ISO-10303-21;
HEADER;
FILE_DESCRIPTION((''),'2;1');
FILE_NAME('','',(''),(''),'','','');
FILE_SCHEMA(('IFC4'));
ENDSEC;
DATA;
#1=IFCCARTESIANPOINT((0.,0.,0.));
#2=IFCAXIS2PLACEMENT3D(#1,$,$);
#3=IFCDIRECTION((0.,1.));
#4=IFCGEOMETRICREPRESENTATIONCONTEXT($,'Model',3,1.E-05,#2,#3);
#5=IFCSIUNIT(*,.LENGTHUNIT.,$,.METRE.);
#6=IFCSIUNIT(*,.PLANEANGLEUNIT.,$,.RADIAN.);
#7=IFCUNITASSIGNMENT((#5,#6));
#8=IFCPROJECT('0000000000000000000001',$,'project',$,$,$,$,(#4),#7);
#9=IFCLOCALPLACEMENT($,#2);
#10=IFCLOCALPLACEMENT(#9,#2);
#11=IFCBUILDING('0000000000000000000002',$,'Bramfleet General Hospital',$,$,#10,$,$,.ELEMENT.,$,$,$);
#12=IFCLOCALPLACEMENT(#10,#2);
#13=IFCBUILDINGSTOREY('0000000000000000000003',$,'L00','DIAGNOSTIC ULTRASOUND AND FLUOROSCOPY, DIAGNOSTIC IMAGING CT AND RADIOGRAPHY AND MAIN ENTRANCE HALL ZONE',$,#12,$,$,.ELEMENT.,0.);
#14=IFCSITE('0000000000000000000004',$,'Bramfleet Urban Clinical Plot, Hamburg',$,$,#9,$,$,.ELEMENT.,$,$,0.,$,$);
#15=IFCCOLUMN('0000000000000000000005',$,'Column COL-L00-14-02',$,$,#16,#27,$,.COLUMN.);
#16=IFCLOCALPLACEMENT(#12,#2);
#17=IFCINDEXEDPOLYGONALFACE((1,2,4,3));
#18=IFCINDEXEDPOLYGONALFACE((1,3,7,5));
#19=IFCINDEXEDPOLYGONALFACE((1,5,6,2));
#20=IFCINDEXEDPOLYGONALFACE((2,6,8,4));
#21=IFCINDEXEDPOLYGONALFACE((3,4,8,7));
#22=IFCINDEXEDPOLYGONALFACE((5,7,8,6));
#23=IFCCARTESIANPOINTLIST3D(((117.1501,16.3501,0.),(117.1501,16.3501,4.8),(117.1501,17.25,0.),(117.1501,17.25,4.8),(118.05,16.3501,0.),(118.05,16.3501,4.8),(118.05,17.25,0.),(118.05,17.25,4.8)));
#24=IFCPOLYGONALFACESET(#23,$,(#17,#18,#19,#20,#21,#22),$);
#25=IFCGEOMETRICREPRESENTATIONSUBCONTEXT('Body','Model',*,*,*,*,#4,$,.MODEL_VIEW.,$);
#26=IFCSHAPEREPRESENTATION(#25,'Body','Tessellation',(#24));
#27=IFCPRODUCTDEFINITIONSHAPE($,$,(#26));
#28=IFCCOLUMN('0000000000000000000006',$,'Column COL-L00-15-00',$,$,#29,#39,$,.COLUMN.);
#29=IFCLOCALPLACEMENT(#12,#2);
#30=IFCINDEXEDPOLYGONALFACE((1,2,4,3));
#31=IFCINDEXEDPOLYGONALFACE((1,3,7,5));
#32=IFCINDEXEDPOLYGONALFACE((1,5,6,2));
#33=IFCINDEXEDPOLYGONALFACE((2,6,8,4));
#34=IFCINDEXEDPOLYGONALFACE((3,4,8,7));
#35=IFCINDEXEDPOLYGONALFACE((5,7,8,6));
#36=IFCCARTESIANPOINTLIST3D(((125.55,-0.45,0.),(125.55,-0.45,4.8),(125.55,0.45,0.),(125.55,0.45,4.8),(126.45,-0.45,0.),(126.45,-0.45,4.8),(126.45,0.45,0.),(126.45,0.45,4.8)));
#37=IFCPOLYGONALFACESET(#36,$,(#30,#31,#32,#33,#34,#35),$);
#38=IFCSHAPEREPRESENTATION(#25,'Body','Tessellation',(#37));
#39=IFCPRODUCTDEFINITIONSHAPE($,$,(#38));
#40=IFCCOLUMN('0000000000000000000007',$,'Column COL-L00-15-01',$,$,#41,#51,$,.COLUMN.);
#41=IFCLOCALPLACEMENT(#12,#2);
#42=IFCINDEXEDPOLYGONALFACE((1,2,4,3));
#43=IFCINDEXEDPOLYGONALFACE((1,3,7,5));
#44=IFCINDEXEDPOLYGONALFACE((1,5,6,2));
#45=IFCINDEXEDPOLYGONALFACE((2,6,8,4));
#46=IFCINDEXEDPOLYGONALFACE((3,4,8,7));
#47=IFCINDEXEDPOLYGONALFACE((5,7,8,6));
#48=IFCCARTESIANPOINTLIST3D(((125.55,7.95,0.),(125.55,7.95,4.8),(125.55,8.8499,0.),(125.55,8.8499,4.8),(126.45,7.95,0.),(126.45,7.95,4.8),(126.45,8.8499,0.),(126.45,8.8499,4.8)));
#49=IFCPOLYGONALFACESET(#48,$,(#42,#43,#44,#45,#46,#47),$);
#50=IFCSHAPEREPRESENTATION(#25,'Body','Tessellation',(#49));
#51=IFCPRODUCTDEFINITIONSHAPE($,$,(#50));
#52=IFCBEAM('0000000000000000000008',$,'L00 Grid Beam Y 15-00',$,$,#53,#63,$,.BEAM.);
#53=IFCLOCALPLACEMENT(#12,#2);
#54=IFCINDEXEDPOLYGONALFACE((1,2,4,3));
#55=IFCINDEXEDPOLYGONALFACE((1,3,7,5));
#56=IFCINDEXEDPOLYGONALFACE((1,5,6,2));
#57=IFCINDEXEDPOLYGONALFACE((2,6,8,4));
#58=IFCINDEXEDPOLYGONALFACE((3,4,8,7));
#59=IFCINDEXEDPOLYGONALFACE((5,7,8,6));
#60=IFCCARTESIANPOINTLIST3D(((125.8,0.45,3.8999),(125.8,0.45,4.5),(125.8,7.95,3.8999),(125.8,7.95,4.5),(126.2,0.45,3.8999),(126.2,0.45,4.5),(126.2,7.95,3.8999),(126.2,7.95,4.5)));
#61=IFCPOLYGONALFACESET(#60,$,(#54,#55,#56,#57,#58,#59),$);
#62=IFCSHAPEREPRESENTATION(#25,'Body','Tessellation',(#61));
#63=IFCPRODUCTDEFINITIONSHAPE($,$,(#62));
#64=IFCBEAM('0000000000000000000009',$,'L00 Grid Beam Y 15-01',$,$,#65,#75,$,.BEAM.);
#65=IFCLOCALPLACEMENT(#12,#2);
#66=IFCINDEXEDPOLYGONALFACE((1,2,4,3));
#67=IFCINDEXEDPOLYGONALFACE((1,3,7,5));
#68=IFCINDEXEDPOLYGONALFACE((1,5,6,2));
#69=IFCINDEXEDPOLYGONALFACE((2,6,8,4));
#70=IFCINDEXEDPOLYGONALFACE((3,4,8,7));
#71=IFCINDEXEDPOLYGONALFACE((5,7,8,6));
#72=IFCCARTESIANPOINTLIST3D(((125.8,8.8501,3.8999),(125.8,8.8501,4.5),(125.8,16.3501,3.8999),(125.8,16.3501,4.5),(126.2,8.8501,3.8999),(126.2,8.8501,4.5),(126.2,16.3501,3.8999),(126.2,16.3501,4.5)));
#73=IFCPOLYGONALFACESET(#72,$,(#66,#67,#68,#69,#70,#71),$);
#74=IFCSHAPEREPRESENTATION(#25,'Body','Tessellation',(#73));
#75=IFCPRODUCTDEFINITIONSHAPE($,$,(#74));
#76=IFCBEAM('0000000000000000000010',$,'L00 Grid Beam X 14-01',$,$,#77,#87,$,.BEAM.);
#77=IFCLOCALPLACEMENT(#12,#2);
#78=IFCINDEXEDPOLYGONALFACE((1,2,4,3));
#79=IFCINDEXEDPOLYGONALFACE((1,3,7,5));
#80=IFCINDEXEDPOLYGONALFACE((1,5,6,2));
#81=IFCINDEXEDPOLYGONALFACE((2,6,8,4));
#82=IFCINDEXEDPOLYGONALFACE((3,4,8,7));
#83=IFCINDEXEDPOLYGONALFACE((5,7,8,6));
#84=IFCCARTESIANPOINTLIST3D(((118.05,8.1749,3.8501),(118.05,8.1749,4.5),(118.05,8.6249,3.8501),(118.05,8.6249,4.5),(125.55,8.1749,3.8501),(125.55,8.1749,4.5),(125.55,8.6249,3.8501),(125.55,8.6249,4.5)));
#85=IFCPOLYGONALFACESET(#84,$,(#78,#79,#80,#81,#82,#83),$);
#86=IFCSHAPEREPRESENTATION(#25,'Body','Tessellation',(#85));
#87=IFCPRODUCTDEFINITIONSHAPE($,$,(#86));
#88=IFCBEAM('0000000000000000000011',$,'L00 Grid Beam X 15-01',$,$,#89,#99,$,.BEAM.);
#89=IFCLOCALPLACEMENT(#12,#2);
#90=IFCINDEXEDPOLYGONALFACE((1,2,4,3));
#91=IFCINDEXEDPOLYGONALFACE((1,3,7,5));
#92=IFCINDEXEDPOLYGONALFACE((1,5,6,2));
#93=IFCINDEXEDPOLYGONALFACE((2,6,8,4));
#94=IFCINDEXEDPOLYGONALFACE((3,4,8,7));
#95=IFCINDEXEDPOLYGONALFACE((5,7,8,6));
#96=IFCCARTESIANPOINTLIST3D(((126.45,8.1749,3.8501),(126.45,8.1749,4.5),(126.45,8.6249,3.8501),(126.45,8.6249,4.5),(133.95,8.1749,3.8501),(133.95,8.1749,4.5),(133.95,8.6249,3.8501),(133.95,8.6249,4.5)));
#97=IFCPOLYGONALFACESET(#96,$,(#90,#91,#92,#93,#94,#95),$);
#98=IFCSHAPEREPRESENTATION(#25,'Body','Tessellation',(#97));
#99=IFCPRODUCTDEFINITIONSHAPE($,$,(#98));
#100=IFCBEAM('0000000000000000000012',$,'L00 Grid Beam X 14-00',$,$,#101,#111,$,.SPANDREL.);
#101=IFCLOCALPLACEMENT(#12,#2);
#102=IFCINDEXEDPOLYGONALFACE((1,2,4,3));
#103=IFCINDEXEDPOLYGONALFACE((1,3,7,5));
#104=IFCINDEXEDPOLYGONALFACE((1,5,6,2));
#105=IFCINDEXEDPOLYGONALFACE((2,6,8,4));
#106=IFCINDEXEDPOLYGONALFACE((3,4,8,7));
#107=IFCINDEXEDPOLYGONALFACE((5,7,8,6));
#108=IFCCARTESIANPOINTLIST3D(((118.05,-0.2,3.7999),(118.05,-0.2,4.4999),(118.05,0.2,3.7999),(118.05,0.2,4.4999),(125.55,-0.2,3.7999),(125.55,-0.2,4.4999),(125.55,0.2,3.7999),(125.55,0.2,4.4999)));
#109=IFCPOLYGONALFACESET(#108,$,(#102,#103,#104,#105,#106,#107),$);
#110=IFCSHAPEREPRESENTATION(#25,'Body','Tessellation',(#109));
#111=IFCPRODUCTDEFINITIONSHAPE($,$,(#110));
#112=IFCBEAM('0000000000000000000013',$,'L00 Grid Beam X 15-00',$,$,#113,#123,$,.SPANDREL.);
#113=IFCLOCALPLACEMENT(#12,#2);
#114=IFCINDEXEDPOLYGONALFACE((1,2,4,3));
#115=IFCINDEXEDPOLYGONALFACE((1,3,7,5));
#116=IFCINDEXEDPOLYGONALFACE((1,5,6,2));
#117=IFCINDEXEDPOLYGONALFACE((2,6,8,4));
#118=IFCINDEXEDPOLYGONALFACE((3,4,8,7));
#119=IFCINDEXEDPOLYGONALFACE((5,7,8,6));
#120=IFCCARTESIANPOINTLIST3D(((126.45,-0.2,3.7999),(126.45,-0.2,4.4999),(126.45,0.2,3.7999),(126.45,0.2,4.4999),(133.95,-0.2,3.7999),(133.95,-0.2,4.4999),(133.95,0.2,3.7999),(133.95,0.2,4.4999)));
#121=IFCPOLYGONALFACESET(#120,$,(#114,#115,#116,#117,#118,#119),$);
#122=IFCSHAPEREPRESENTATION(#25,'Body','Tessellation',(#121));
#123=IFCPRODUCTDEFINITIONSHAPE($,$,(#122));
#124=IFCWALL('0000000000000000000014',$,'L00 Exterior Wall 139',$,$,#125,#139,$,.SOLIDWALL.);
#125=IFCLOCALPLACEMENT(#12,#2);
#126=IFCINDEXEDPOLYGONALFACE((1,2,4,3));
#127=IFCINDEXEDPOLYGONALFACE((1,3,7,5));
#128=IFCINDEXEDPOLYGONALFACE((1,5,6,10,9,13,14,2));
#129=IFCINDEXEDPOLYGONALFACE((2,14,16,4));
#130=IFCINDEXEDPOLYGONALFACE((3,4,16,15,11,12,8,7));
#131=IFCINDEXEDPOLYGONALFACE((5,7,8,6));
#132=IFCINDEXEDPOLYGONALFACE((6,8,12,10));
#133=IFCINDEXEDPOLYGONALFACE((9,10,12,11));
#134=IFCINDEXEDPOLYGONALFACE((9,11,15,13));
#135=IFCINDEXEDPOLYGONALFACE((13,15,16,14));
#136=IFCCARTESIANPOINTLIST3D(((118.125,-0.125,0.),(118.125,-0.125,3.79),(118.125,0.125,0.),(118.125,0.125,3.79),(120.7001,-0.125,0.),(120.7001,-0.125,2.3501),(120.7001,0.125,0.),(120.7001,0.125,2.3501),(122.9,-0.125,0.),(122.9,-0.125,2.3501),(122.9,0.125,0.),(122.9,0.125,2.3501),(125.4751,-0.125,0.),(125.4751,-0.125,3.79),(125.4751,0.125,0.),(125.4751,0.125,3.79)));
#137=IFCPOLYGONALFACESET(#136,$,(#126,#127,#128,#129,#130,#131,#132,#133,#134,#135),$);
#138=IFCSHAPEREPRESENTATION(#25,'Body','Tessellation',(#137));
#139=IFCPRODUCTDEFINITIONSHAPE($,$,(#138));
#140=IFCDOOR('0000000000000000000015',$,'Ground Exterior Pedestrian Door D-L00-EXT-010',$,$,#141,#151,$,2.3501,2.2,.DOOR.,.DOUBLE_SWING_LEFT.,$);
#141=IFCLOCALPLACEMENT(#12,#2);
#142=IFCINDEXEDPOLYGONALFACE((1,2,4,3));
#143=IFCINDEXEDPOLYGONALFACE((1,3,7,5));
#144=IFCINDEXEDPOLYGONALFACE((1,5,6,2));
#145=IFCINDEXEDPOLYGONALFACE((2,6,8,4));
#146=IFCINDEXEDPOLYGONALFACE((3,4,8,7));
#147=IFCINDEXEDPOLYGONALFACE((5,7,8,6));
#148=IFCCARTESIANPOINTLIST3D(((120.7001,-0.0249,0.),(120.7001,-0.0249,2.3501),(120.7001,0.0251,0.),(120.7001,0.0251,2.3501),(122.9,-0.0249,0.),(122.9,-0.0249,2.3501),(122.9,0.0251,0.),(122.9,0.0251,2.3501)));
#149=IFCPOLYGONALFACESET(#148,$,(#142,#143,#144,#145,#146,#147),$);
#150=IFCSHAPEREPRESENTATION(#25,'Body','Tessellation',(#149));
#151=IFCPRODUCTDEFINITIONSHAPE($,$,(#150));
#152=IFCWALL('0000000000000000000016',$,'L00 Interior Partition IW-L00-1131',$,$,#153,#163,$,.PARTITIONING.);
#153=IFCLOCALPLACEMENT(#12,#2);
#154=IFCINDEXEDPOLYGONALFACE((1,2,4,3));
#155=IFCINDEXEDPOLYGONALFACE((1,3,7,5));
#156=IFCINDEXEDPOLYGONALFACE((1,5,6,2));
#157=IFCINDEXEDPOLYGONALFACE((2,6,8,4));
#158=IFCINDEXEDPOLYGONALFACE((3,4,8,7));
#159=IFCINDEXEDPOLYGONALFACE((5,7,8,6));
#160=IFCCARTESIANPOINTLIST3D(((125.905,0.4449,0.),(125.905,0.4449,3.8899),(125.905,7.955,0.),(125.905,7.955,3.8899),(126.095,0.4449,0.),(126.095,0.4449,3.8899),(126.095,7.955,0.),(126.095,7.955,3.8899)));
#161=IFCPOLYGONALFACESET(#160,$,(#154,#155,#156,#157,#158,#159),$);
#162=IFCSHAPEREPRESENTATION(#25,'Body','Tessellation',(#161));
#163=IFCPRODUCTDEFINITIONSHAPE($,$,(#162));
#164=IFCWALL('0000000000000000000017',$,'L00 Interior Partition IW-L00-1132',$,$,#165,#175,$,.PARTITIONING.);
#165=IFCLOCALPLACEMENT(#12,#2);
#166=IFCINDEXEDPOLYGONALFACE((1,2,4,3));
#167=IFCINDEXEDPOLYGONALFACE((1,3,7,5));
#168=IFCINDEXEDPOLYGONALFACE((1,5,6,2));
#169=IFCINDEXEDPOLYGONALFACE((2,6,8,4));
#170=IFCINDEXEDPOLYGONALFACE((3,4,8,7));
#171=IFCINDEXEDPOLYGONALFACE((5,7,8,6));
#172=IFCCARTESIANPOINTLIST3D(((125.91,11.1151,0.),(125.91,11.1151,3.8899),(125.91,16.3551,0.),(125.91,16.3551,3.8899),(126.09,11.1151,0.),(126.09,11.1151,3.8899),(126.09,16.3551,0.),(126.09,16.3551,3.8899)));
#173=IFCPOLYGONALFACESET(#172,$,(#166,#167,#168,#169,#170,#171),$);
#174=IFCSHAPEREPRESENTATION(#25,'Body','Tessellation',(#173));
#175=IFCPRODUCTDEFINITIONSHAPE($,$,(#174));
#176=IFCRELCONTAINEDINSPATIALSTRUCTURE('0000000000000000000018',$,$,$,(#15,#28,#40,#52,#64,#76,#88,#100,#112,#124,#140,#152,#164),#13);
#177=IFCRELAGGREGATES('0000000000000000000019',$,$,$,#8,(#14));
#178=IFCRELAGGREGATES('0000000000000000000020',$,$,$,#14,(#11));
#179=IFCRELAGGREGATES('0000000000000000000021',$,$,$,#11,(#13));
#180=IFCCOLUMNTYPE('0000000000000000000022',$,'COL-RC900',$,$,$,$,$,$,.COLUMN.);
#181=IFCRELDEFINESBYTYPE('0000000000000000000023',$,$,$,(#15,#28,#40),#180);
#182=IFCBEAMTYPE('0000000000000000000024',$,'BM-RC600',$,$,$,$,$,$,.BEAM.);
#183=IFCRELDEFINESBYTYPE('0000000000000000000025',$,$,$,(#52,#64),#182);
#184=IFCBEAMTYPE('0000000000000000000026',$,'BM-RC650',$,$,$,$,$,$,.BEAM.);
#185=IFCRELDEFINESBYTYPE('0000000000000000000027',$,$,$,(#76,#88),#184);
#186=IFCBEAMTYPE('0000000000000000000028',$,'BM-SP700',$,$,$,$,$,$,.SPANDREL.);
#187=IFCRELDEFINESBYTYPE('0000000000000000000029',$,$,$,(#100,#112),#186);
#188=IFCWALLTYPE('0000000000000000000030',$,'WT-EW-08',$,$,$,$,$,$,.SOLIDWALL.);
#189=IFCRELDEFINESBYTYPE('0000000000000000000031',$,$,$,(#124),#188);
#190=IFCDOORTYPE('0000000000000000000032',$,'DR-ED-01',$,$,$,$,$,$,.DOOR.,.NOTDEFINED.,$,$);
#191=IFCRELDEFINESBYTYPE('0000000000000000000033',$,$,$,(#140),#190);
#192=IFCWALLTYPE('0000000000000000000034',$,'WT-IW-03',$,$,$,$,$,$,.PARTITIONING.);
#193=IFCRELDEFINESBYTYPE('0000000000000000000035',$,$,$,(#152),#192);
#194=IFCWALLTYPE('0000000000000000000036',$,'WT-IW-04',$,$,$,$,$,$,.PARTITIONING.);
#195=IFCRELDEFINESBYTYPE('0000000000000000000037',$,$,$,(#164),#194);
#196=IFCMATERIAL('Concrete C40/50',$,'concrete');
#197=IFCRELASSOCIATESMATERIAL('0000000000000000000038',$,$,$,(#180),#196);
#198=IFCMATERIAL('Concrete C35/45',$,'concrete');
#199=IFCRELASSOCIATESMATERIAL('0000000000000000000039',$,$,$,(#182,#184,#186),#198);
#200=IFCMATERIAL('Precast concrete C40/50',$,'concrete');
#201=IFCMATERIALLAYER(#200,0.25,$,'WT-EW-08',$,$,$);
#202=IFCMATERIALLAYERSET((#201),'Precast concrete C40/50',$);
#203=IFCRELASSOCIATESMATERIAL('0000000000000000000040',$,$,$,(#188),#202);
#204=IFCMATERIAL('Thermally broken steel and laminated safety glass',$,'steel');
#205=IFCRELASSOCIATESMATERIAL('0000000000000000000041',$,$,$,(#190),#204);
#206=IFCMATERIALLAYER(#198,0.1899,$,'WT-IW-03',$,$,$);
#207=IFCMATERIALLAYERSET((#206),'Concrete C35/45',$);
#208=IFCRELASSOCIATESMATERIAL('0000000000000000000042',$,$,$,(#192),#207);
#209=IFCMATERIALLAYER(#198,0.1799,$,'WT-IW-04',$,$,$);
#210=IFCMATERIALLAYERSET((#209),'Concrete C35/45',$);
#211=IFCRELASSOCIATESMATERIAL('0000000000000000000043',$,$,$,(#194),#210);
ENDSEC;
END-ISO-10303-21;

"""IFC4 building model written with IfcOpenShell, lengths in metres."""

from ifc_helpers import new_model, si_unit, direction, frame, frame_2d, origin, origin_2d, place, context, subcontext, project, spatial, rectangle, extrude, material, layer, layer_set, material_profile, profile_set, type_object, element, fill, save


model = new_model("IFC4")

# Units and contexts
model_context = context("Model", 3, precision=1e-05, world=origin(), true_north=direction((0.0, 1.0)))
body_context = subcontext(model_context, "Body", "Model", "MODEL_VIEW")
ifc_project = project(units=[si_unit("LENGTHUNIT", "METRE"), si_unit("PLANEANGLEUNIT", "RADIAN")], contexts=[model_context])

# Site, building, storey
site_placement = place(None, origin())
site = spatial("IfcSite", under=ifc_project, at=site_placement, Name="Bramfleet Urban Clinical Plot, Hamburg", CompositionType="ELEMENT", RefElevation=0.0)
building_placement = place(site_placement, origin())
building = spatial("IfcBuilding", under=site, at=building_placement, Name="Bramfleet General Hospital", CompositionType="ELEMENT")
storey_placement = place(building_placement, origin())
storey = spatial("IfcBuildingStorey", under=building, at=storey_placement, Name="L00", Description="DIAGNOSTIC ULTRASOUND AND FLUOROSCOPY, DIAGNOSTIC IMAGING CT AND RADIOGRAPHY AND MAIN ENTRANCE HALL ZONE", CompositionType="ELEMENT", Elevation=0.0)

# Columns
ifc_material_1 = material(Name="Concrete C40/50", Category="concrete")
ifc_material_profile_1 = material_profile(ifc_material_1, rectangle(XDim=0.8999, YDim=0.8999, at=origin_2d()), Name="RC COL 900x900")
ifc_profile_set_1 = profile_set([ifc_material_profile_1], Name="Concrete C40/50")
column_type = type_object("IfcColumnType", Name="COL-RC900", PredefinedType="COLUMN", material=ifc_profile_set_1)
for number, where, z_axis, x_axis, name in (
    (1, (117.6001, 16.8, 0.0), (0.0, 0.0, 1.0), (1.0, 0.0, 0.0), "Column COL-L00-14-02"),
    (2, (126.0, 0.0, 0.0), (0.0, 0.0, 1.0), (1.0, 0.0, 0.0), "Column COL-L00-15-00"),
    (3, (126.0, 8.3999, 0.0), (0.0, 0.0, 1.0), (1.0, 0.0, 0.0), "Column COL-L00-15-01"),
):
    element("IfcColumn", number, at=place(storey_placement, frame(where, z_axis=z_axis, x_axis=x_axis)), inside=storey, type_object=column_type, Name=name, PredefinedType="COLUMN", context=body_context, shape_type="SweptSolid", body=[
        extrude(rectangle(XDim=0.8999, YDim=0.8999, at=origin_2d()), origin(), (0.0, 0.0, 1.0), 4.8),
    ])

# Beams
ifc_material_2 = material(Name="Concrete C35/45", Category="concrete")
ifc_material_profile_2 = material_profile(ifc_material_2, rectangle(XDim=0.3999, YDim=0.6001, at=origin_2d()), Name="RC BM 600x400")
ifc_profile_set_2 = profile_set([ifc_material_profile_2], Name="Concrete C35/45")
beam_type_1 = type_object("IfcBeamType", Name="BM-RC600", PredefinedType="BEAM", material=ifc_profile_set_2)
for number, where, z_axis, x_axis, name in (
    (4, (126.0, 0.45, 4.2), (0.0, 1.0, 0.0), (-1.0, 0.0, 0.0), "L00 Grid Beam Y 15-00"),
    (5, (126.0, 8.8501, 4.2), (0.0, 1.0, 0.0), (-1.0, 0.0, 0.0), "L00 Grid Beam Y 15-01"),
):
    element("IfcBeam", number, at=place(storey_placement, frame(where, z_axis=z_axis, x_axis=x_axis)), inside=storey, type_object=beam_type_1, Name=name, PredefinedType="BEAM", context=body_context, shape_type="SweptSolid", body=[
        extrude(rectangle(XDim=0.3999, YDim=0.6001, at=origin_2d()), origin(), (0.0, 0.0, 1.0), 7.5),
    ])
ifc_material_profile_3 = material_profile(ifc_material_2, rectangle(XDim=0.45, YDim=0.6499, at=origin_2d()), Name="RC BM 650x450")
ifc_profile_set_3 = profile_set([ifc_material_profile_3], Name="Concrete C35/45")
beam_type_2 = type_object("IfcBeamType", Name="BM-RC650", PredefinedType="BEAM", material=ifc_profile_set_3)
for number, where, z_axis, x_axis, name in (
    (6, (118.05, 8.3999, 4.175), (1.0, 0.0, 0.0), (0.0, 1.0, 0.0), "L00 Grid Beam X 14-01"),
    (7, (126.45, 8.3999, 4.175), (1.0, 0.0, 0.0), (0.0, 1.0, 0.0), "L00 Grid Beam X 15-01"),
):
    element("IfcBeam", number, at=place(storey_placement, frame(where, z_axis=z_axis, x_axis=x_axis)), inside=storey, type_object=beam_type_2, Name=name, PredefinedType="BEAM", context=body_context, shape_type="SweptSolid", body=[
        extrude(rectangle(XDim=0.45, YDim=0.6499, at=origin_2d()), origin(), (0.0, 0.0, 1.0), 7.5),
    ])
ifc_material_profile_4 = material_profile(ifc_material_2, rectangle(XDim=0.3999, YDim=0.7, at=origin_2d()), Name="RC SP 700x400")
ifc_profile_set_4 = profile_set([ifc_material_profile_4], Name="Concrete C35/45")
beam_type_3 = type_object("IfcBeamType", Name="BM-SP700", PredefinedType="SPANDREL", material=ifc_profile_set_4)
for number, where, z_axis, x_axis, name in (
    (8, (118.05, 0.0, 4.1499), (1.0, 0.0, 0.0), (0.0, 1.0, 0.0), "L00 Grid Beam X 14-00"),
    (9, (126.45, 0.0, 4.1499), (1.0, 0.0, 0.0), (0.0, 1.0, 0.0), "L00 Grid Beam X 15-00"),
):
    element("IfcBeam", number, at=place(storey_placement, frame(where, z_axis=z_axis, x_axis=x_axis)), inside=storey, type_object=beam_type_3, Name=name, PredefinedType="SPANDREL", context=body_context, shape_type="SweptSolid", body=[
        extrude(rectangle(XDim=0.3999, YDim=0.7, at=origin_2d()), origin(), (0.0, 0.0, 1.0), 7.5),
    ])

# Wall, opening, door
ifc_material_3 = material(Name="Precast concrete C40/50", Category="concrete")
ifc_layer_1 = layer(ifc_material_3, 0.25, Name="WT-EW-08")
ifc_layer_set_1 = layer_set([ifc_layer_1], Name="Precast concrete C40/50")
wall_type_1 = type_object("IfcWallType", Name="WT-EW-08", PredefinedType="SOLIDWALL", material=ifc_layer_set_1)
wall_1_placement = place(storey_placement, frame((125.4751, 0.0, 0.0), z_axis=(0.0, 0.0, 1.0), x_axis=(-1.0, 0.0, 0.0)))
wall_1 = element("IfcWall", 10, at=wall_1_placement, inside=storey, type_object=wall_type_1, Name="L00 Exterior Wall 139", PredefinedType="SOLIDWALL", context=body_context, shape_type="SweptSolid", body=[
    extrude(rectangle(XDim=7.3501, YDim=0.25, at=frame_2d((3.675, 0.0))), origin(), (0.0, 0.0, 1.0), 3.79),
])
opening_1_placement = place(wall_1_placement, frame((2.575, 0.0, 0.0)))
opening_1 = element("IfcOpeningElement", 11, at=opening_1_placement, cuts=wall_1, PredefinedType="OPENING", context=body_context, shape_type="SweptSolid", body=[
    extrude(rectangle(XDim=2.2, YDim=2.3501, at=frame_2d((1.1001, 1.175))), frame((0.0, 0.135, 0.0), z_axis=(0.0, -1.0, 0.0), x_axis=(1.0, 0.0, 0.0)), (0.0, 0.0, 1.0), 0.27),
])
ifc_material_4 = material(Name="Thermally broken steel and laminated safety glass", Category="steel")
door_type_1 = type_object("IfcDoorType", Name="DR-ED-01", OperationType="NOTDEFINED", PredefinedType="DOOR", material=ifc_material_4)
door_1_placement = place(opening_1_placement, origin())
door_1 = element("IfcDoor", 12, at=door_1_placement, inside=storey, type_object=door_type_1, Name="Ground Exterior Pedestrian Door D-L00-EXT-010", OperationType="DOUBLE_SWING_LEFT", OverallHeight=2.3501, OverallWidth=2.2, PredefinedType="DOOR", context=body_context, shape_type="SweptSolid", body=[
    extrude(rectangle(XDim=2.2, YDim=2.3501, at=frame_2d((1.1001, 1.175))), frame((0.0, 0.0249, 0.0), z_axis=(0.0, -1.0, 0.0), x_axis=(1.0, 0.0, 0.0)), (0.0, 0.0, 1.0), 0.05),
])
fill(opening_1, door_1)

# Walls
ifc_layer_2 = layer(ifc_material_2, 0.1899, Name="WT-IW-03")
ifc_layer_set_2 = layer_set([ifc_layer_2], Name="Concrete C35/45")
wall_type_2 = type_object("IfcWallType", Name="WT-IW-03", PredefinedType="PARTITIONING", material=ifc_layer_set_2)
wall_2_placement = place(storey_placement, frame((126.0, 0.4451, 0.0), z_axis=(0.0, 0.0, 1.0), x_axis=(0.0, 1.0, 0.0)))
element("IfcWall", 13, at=wall_2_placement, inside=storey, type_object=wall_type_2, Name="L00 Interior Partition IW-L00-1131", PredefinedType="PARTITIONING", context=body_context, shape_type="SweptSolid", body=[
    extrude(rectangle(XDim=7.51, YDim=0.1899, at=frame_2d((3.7549, 0.0))), origin(), (0.0, 0.0, 1.0), 3.8899),
])
ifc_layer_3 = layer(ifc_material_2, 0.1799, Name="WT-IW-04")
ifc_layer_set_3 = layer_set([ifc_layer_3], Name="Concrete C35/45")
wall_type_3 = type_object("IfcWallType", Name="WT-IW-04", PredefinedType="PARTITIONING", material=ifc_layer_set_3)
wall_3_placement = place(storey_placement, frame((126.0, 11.115, 0.0), z_axis=(0.0, 0.0, 1.0), x_axis=(0.0, 1.0, 0.0)))
element("IfcWall", 14, at=wall_3_placement, inside=storey, type_object=wall_type_3, Name="L00 Interior Partition IW-L00-1132", PredefinedType="PARTITIONING", context=body_context, shape_type="SweptSolid", body=[
    extrude(rectangle(XDim=5.24, YDim=0.1799, at=frame_2d((2.6201, 0.0))), origin(), (0.0, 0.0, 1.0), 3.8899),
])

save(model, "model.ifc")
